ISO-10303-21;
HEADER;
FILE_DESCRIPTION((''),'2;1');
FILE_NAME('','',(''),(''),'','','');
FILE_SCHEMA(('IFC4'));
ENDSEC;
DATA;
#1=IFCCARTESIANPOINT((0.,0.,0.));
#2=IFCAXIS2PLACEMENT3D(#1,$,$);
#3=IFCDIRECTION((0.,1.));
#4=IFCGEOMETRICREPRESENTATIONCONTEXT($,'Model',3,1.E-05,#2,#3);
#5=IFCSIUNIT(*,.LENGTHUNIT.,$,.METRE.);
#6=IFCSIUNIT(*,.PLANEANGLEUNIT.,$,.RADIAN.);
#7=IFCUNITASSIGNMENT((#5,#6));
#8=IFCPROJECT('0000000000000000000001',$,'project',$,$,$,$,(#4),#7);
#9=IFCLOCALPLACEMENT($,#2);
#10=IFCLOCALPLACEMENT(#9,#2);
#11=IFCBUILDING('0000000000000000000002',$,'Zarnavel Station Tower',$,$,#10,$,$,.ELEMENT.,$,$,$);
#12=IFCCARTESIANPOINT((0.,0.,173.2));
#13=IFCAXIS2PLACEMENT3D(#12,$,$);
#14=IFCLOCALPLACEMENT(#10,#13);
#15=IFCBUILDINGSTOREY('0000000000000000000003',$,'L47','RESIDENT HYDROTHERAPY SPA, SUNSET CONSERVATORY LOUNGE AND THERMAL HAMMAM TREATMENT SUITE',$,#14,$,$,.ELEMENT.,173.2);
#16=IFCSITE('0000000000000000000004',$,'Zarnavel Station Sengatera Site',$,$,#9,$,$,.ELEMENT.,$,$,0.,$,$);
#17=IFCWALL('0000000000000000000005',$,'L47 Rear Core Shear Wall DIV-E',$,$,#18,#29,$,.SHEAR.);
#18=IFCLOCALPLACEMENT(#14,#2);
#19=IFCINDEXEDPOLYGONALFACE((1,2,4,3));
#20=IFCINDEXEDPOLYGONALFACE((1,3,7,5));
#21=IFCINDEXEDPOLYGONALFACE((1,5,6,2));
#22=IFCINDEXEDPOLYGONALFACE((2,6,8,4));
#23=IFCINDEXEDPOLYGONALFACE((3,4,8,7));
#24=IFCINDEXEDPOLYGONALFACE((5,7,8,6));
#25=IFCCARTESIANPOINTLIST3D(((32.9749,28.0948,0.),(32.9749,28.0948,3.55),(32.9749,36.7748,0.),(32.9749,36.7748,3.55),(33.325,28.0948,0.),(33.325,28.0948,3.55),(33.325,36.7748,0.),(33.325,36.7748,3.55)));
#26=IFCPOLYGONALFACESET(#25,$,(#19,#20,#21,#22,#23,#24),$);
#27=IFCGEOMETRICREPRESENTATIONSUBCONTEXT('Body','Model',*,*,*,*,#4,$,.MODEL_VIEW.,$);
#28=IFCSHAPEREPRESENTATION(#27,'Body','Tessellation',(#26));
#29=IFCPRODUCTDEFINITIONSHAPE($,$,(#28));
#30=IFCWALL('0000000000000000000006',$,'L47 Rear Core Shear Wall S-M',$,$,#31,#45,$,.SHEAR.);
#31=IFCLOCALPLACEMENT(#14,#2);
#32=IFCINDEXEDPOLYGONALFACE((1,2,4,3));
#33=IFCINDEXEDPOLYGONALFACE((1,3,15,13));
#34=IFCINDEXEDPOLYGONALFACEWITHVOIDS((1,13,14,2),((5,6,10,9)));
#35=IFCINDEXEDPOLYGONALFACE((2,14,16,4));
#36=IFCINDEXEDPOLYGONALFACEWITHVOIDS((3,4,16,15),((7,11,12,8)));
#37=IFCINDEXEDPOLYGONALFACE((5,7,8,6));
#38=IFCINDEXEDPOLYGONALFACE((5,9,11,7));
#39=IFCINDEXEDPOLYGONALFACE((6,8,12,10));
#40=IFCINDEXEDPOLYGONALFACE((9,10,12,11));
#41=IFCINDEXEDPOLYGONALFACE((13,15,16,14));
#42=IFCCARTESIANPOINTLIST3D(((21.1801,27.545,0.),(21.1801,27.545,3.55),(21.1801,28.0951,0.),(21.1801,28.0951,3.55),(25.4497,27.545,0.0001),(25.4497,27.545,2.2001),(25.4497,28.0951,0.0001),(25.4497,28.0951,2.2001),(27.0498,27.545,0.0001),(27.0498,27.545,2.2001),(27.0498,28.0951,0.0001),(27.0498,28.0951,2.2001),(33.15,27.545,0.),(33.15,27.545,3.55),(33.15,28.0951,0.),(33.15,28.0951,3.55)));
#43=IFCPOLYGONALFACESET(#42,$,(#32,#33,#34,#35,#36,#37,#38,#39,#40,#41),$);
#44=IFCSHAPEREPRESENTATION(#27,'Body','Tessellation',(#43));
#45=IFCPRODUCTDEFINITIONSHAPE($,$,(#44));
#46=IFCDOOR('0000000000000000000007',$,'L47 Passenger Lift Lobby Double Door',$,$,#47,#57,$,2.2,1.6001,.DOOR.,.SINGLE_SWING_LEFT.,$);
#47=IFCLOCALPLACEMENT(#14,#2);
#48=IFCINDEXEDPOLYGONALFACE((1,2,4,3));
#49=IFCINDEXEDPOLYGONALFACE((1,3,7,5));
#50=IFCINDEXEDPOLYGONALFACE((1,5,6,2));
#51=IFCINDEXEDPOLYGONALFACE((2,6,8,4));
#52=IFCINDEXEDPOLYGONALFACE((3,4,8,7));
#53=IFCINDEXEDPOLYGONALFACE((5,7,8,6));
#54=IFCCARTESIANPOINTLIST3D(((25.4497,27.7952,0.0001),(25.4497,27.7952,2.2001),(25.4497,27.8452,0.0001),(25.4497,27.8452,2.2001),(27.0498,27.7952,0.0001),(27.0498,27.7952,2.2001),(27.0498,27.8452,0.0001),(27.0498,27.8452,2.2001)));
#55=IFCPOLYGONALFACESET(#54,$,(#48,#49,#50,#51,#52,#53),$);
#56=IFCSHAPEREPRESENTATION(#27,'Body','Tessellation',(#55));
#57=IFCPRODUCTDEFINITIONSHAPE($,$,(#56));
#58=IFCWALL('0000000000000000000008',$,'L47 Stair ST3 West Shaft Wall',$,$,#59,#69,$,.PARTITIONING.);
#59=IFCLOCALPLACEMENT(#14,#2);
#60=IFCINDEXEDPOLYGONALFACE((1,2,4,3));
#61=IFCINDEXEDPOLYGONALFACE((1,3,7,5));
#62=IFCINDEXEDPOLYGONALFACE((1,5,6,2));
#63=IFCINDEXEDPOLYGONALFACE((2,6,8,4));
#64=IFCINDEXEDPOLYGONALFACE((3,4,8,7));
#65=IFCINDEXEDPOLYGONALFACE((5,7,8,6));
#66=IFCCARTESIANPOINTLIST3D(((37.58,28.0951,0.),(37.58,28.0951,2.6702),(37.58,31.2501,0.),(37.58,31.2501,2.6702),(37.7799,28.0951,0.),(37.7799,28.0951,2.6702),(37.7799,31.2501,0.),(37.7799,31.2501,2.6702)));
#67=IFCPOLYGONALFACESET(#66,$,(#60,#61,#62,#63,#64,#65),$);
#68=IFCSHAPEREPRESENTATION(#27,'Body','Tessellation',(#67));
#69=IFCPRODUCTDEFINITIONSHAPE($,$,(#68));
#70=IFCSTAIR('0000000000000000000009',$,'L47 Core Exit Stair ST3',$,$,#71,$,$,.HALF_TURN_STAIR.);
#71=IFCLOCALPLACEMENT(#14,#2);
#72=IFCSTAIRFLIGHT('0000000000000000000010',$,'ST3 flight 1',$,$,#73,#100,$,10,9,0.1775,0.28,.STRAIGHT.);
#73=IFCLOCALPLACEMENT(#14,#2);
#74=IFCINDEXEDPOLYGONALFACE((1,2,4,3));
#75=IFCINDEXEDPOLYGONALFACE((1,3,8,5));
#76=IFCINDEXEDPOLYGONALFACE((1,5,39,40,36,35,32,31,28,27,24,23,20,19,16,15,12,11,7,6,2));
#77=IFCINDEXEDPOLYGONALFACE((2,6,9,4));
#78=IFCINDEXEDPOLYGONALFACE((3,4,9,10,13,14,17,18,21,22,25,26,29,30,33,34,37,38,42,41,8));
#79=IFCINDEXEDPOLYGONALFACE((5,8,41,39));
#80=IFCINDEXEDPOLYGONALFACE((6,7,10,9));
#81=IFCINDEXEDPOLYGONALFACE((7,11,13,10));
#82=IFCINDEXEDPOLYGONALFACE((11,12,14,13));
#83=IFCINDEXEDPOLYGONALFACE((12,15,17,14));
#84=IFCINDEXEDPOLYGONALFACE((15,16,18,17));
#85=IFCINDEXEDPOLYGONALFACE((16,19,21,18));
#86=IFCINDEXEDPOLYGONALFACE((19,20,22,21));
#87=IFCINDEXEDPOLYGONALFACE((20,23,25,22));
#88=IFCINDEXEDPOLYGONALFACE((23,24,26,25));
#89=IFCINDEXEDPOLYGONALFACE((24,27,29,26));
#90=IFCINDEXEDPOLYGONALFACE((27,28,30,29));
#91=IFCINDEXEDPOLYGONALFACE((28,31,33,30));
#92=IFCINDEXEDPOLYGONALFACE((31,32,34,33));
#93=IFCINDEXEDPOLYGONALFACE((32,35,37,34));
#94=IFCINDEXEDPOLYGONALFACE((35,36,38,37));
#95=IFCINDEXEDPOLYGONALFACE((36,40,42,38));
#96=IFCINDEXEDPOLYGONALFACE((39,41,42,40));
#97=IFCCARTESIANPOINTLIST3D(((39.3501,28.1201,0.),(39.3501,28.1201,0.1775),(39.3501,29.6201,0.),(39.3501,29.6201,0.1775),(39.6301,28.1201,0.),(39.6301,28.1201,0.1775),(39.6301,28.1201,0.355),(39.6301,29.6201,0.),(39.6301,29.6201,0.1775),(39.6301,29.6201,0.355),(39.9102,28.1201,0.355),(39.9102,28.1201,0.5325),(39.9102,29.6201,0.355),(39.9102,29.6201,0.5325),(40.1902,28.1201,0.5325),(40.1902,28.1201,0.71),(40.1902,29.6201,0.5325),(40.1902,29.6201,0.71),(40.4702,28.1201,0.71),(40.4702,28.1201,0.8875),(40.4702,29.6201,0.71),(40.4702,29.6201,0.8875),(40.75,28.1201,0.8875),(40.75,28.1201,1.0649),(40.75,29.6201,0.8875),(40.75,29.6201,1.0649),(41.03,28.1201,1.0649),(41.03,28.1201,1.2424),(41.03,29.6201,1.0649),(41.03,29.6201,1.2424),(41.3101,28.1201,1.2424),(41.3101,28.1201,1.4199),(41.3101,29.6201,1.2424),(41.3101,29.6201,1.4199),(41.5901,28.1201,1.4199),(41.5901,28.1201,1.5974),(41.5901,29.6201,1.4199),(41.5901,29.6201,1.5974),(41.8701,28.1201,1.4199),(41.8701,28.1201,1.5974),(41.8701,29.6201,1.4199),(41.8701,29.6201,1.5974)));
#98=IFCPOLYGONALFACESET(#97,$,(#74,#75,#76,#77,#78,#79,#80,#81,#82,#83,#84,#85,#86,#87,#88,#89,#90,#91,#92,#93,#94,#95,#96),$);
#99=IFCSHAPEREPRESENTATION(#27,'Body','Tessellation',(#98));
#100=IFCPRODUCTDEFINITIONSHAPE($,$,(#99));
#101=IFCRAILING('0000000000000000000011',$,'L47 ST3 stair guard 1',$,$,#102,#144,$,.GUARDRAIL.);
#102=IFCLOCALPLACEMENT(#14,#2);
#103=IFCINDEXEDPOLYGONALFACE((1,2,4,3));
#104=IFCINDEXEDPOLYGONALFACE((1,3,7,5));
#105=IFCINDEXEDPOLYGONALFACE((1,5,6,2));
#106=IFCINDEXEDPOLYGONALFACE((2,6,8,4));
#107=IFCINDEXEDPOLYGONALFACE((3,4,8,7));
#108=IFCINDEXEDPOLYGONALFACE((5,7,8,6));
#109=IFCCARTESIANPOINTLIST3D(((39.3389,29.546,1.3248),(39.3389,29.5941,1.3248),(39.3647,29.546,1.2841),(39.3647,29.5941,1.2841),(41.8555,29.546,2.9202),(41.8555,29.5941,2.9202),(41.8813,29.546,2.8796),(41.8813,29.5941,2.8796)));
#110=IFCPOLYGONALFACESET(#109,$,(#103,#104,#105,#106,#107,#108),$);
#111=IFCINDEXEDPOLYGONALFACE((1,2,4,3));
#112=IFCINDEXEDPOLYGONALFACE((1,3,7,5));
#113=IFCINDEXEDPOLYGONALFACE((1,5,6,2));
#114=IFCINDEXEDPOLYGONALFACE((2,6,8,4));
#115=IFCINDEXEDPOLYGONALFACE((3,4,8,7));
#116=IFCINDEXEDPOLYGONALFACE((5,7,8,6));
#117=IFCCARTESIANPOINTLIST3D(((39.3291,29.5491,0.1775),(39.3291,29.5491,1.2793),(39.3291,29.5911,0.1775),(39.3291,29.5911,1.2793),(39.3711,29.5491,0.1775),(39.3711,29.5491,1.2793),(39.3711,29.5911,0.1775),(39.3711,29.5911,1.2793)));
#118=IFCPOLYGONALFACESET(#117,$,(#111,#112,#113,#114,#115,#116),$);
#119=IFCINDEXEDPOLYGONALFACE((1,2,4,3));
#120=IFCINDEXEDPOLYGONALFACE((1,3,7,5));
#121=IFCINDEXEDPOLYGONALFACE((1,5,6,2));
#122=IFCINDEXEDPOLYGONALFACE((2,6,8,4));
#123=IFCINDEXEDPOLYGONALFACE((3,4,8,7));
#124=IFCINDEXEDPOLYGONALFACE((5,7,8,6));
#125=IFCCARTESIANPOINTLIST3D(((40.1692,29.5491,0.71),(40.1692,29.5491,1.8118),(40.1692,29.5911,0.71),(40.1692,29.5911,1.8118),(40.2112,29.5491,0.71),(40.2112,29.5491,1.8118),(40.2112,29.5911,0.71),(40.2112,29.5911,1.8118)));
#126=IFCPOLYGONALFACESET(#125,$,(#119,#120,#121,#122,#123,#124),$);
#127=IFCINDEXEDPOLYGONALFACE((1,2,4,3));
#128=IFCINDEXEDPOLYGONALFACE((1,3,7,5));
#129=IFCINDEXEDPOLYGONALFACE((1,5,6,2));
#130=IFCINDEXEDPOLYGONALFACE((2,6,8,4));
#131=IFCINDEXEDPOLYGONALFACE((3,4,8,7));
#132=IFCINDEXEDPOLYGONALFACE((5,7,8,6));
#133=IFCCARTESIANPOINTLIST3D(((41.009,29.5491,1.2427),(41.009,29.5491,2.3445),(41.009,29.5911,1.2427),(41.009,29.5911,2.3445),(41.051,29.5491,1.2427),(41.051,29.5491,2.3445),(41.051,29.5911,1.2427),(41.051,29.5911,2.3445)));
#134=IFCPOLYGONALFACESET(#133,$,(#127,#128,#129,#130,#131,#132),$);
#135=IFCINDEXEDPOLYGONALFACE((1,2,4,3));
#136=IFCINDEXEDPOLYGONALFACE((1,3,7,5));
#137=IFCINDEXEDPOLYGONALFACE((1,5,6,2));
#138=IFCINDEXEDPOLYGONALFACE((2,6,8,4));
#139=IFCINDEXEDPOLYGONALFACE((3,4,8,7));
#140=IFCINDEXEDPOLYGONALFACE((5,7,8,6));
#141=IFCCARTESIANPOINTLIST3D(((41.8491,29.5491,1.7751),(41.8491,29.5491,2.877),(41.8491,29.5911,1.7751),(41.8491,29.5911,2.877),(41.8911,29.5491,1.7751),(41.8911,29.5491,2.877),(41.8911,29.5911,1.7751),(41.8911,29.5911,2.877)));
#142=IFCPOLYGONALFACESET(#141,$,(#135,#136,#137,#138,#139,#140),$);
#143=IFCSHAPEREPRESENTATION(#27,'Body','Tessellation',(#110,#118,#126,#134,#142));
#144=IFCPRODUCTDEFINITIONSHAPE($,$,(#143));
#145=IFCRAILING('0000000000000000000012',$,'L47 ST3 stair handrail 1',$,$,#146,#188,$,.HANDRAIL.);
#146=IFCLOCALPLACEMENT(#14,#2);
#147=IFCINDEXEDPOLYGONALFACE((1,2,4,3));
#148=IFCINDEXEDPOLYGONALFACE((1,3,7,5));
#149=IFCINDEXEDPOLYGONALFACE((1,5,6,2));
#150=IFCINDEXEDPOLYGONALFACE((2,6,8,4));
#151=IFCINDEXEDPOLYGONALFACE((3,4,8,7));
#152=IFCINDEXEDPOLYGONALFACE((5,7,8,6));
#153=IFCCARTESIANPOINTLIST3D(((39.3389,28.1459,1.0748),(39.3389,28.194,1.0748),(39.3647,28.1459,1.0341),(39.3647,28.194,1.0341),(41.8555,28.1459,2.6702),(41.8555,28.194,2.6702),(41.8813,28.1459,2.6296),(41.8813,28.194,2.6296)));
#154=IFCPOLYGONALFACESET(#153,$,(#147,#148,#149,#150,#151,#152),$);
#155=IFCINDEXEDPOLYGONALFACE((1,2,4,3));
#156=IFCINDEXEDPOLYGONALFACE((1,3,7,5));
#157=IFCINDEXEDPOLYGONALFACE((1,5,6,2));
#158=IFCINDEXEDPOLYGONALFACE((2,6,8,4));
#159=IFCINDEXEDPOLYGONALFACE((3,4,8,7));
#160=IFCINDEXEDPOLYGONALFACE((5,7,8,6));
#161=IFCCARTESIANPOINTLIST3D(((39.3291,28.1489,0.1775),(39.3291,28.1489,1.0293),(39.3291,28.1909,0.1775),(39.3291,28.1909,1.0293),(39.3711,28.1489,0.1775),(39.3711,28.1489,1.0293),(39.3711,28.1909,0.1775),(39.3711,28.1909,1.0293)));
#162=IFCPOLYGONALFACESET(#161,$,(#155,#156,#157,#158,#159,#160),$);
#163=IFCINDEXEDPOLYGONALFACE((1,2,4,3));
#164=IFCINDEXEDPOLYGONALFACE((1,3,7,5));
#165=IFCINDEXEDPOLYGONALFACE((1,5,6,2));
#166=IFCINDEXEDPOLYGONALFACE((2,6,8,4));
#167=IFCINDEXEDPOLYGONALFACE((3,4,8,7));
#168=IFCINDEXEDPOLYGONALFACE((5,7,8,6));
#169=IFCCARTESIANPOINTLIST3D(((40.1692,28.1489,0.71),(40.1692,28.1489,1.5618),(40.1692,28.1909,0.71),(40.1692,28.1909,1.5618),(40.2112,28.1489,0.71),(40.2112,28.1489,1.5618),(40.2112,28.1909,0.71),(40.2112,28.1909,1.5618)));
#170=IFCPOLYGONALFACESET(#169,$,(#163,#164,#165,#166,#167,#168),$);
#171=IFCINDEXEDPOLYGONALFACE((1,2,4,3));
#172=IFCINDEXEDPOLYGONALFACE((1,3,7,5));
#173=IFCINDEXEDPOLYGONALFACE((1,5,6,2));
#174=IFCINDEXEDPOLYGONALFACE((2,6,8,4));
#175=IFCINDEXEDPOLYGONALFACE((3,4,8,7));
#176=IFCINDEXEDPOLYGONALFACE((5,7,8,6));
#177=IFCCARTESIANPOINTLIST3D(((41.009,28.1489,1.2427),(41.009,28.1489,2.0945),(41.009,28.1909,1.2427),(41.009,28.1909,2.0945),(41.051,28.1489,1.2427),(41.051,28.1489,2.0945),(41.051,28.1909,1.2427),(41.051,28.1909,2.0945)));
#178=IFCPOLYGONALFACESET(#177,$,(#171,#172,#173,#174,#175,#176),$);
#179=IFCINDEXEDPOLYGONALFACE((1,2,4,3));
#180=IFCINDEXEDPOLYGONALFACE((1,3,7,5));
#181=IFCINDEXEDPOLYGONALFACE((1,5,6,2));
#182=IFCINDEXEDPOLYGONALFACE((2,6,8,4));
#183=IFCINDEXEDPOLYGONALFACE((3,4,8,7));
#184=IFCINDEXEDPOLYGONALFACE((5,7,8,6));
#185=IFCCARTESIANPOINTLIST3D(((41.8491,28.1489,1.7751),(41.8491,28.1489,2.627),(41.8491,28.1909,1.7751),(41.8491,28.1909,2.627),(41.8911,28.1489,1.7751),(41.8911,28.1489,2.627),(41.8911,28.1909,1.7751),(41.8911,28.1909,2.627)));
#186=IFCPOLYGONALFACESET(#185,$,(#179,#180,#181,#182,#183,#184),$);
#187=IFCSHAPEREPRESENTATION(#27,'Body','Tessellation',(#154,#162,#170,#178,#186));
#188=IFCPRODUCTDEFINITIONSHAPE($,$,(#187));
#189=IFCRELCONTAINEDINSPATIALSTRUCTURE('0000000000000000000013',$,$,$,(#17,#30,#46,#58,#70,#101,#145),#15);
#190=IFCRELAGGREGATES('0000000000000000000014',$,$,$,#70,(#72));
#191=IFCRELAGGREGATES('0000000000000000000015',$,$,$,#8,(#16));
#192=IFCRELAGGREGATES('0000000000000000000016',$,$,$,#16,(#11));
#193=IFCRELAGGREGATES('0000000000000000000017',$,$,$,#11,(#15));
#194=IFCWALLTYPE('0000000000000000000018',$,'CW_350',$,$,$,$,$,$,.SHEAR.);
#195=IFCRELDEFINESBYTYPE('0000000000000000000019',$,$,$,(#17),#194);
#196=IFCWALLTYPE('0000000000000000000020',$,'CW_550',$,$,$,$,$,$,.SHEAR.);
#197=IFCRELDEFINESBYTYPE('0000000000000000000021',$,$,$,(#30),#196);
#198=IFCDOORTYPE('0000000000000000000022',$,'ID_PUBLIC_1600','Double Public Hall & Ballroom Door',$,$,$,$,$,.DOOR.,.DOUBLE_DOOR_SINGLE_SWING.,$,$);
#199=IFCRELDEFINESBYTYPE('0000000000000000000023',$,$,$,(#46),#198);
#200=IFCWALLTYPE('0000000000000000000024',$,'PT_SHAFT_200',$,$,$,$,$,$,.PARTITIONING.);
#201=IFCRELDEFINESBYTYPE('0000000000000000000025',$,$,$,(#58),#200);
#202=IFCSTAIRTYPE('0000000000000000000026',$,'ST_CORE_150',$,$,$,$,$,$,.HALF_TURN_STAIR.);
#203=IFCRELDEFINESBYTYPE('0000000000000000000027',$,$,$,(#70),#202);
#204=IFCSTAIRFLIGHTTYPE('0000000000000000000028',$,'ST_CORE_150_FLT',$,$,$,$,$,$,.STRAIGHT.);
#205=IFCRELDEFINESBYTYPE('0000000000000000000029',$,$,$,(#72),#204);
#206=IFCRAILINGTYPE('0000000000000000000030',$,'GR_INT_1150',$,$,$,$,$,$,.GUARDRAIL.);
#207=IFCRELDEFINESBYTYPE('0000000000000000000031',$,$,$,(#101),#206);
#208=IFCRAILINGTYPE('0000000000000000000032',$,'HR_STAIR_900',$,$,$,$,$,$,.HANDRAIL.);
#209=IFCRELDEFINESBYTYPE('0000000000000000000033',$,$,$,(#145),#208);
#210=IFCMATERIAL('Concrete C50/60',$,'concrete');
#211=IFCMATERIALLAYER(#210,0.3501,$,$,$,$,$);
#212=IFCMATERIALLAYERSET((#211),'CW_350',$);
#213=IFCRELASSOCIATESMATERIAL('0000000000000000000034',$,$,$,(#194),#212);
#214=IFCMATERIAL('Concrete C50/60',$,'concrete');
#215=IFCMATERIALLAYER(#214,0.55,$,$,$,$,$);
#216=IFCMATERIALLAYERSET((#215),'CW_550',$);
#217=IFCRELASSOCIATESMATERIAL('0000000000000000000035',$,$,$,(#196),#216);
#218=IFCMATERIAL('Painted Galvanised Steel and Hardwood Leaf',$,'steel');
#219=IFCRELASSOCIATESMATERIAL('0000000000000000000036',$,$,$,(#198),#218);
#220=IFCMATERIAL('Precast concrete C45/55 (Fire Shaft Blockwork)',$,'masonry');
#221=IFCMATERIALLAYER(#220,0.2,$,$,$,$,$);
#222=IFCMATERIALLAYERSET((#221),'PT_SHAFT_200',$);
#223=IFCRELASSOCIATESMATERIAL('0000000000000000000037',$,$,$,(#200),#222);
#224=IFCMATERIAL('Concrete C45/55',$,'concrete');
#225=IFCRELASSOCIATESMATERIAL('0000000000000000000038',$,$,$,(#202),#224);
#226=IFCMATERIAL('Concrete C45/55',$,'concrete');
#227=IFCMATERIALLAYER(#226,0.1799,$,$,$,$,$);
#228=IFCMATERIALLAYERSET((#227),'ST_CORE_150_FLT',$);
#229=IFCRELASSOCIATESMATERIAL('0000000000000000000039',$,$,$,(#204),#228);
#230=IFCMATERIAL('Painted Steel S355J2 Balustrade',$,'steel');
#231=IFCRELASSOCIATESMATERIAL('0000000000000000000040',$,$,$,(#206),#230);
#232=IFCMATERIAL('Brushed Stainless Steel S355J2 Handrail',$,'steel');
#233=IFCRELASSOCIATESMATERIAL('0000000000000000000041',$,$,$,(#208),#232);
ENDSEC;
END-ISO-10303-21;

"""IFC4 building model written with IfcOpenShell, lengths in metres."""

from ifc_helpers import new_model, si_unit, direction, frame, frame_2d, origin, origin_2d, place, context, subcontext, project, spatial, polyline, rectangle, outline, extrude, material, layer, layer_set, type_object, element, fill, aggregate, save


model = new_model("IFC4")

# Units and contexts
model_context = context("Model", 3, precision=1e-05, world=origin(), true_north=direction((0.0, 1.0)))
body_context = subcontext(model_context, "Body", "Model", "MODEL_VIEW")
ifc_project = project(units=[si_unit("LENGTHUNIT", "METRE"), si_unit("PLANEANGLEUNIT", "RADIAN")], contexts=[model_context])

# Site, building, storey
site_placement = place(None, origin())
site = spatial("IfcSite", under=ifc_project, at=site_placement, Name="Zarnavel Station Sengatera Site", CompositionType="ELEMENT", RefElevation=0.0)
building_placement = place(site_placement, origin())
building = spatial("IfcBuilding", under=site, at=building_placement, Name="Zarnavel Station Tower", CompositionType="ELEMENT")
storey_placement = place(building_placement, frame((0.0, 0.0, 173.2)))
storey = spatial("IfcBuildingStorey", under=building, at=storey_placement, Name="L47", Description="RESIDENT HYDROTHERAPY SPA, SUNSET CONSERVATORY LOUNGE AND THERMAL HAMMAM TREATMENT SUITE", CompositionType="ELEMENT", Elevation=173.2)

# Wall
ifc_material_1 = material(Name="Concrete C50/60", Category="concrete")
ifc_layer_1 = layer(ifc_material_1, 0.3501)
ifc_layer_set_1 = layer_set([ifc_layer_1], Name="CW_350")
wall_type_1 = type_object("IfcWallType", Name="CW_350", PredefinedType="SHEAR", material=ifc_layer_set_1)
wall_1_placement = place(storey_placement, frame((33.1499, 28.095, 0.0), z_axis=(0.0, 0.0, 1.0), x_axis=(0.0, 1.0, 0.0)))
element("IfcWall", 1, at=wall_1_placement, inside=storey, type_object=wall_type_1, Name="L47 Rear Core Shear Wall DIV-E", PredefinedType="SHEAR", context=body_context, shape_type="SweptSolid", body=[
    extrude(rectangle(XDim=8.6799, YDim=0.3501, at=frame_2d((4.3398, 0.0))), origin(), (0.0, 0.0, 1.0), 3.55),
])

# Wall, opening, door
ifc_material_2 = material(Name="Concrete C50/60", Category="concrete")
ifc_layer_2 = layer(ifc_material_2, 0.55)
ifc_layer_set_2 = layer_set([ifc_layer_2], Name="CW_550")
wall_type_2 = type_object("IfcWallType", Name="CW_550", PredefinedType="SHEAR", material=ifc_layer_set_2)
wall_2_placement = place(storey_placement, frame((33.1499, 27.8201, 0.0), z_axis=(0.0, 0.0, 1.0), x_axis=(-1.0, 0.0, 0.0)))
wall_2 = element("IfcWall", 2, at=wall_2_placement, inside=storey, type_object=wall_type_2, Name="L47 Rear Core Shear Wall S-M", PredefinedType="SHEAR", context=body_context, shape_type="SweptSolid", body=[
    extrude(rectangle(XDim=11.97, YDim=0.55, at=frame_2d((5.9849, 0.0))), origin(), (0.0, 0.0, 1.0), 3.55),
])
opening_1_placement = place(wall_2_placement, frame((6.1001, 0.0, 0.0)))
opening_1 = element("IfcOpeningElement", 3, at=opening_1_placement, cuts=wall_2, PredefinedType="OPENING", context=body_context, shape_type="SweptSolid", body=[
    extrude(rectangle(XDim=1.6001, YDim=2.2, at=frame_2d((0.8, 1.1001))), frame((0.0, 0.2849, 0.0), z_axis=(0.0, -1.0, 0.0), x_axis=(1.0, 0.0, 0.0)), (0.0, 0.0, 1.0), 0.5701),
])
ifc_material_3 = material(Name="Painted Galvanised Steel and Hardwood Leaf", Category="steel")
door_type_1 = type_object("IfcDoorType", Name="ID_PUBLIC_1600", Description="Double Public Hall & Ballroom Door", OperationType="DOUBLE_DOOR_SINGLE_SWING", PredefinedType="DOOR", material=ifc_material_3)
door_1_placement = place(opening_1_placement, origin())
door_1 = element("IfcDoor", 4, at=door_1_placement, inside=storey, type_object=door_type_1, Name="L47 Passenger Lift Lobby Double Door", OperationType="SINGLE_SWING_LEFT", OverallHeight=2.2, OverallWidth=1.6001, PredefinedType="DOOR", context=body_context, shape_type="SweptSolid", body=[
    extrude(rectangle(XDim=1.6001, YDim=2.2, at=frame_2d((0.8, 1.1001))), frame((0.0, 0.0249, 0.0), z_axis=(0.0, -1.0, 0.0), x_axis=(1.0, 0.0, 0.0)), (0.0, 0.0, 1.0), 0.05),
])
fill(opening_1, door_1)

# Wall
ifc_material_4 = material(Name="Precast concrete C45/55 (Fire Shaft Blockwork)", Category="masonry")
ifc_layer_3 = layer(ifc_material_4, 0.2)
ifc_layer_set_3 = layer_set([ifc_layer_3], Name="PT_SHAFT_200")
wall_type_3 = type_object("IfcWallType", Name="PT_SHAFT_200", PredefinedType="PARTITIONING", material=ifc_layer_set_3)
wall_3_placement = place(storey_placement, frame((37.6799, 28.095, 0.0), z_axis=(0.0, 0.0, 1.0), x_axis=(0.0, 1.0, 0.0)))
element("IfcWall", 5, at=wall_3_placement, inside=storey, type_object=wall_type_3, Name="L47 Stair ST3 West Shaft Wall", PredefinedType="PARTITIONING", context=body_context, shape_type="SweptSolid", body=[
    extrude(rectangle(XDim=3.155, YDim=0.2, at=frame_2d((1.5776, 0.0))), origin(), (0.0, 0.0, 1.0), 2.6702),
])

# Stair, stair flight
ifc_material_5 = material(Name="Concrete C45/55", Category="concrete")
stair_type = type_object("IfcStairType", Name="ST_CORE_150", PredefinedType="HALF_TURN_STAIR", material=ifc_material_5)
stair_placement = place(storey_placement, origin())
stair = element("IfcStair", 6, at=stair_placement, inside=storey, type_object=stair_type, Name="L47 Core Exit Stair ST3", PredefinedType="HALF_TURN_STAIR")
ifc_material_6 = material(Name="Concrete C45/55", Category="concrete")
ifc_layer_4 = layer(ifc_material_6, 0.1799)
ifc_layer_set_4 = layer_set([ifc_layer_4], Name="ST_CORE_150_FLT")
stair_flight_type = type_object("IfcStairFlightType", Name="ST_CORE_150_FLT", PredefinedType="STRAIGHT", material=ifc_layer_set_4)
stair_flight_placement = place(storey_placement, frame((39.3501, 28.8701, 0.0), z_axis=(0.0, 0.0, 1.0), x_axis=(1.0, 0.0, 0.0)))
stair_flight = element("IfcStairFlight", 7, at=stair_flight_placement, type_object=stair_flight_type, Name="ST3 flight 1", NumberOfRisers=10, NumberOfTreads=9, PredefinedType="STRAIGHT", RiserHeight=0.1775, TreadLength=0.28, context=body_context, shape_type="SweptSolid", body=[
    extrude(outline(polyline([(0.0, 0.0), (0.0, 0.1775), (0.28, 0.1775), (0.28, 0.355), (0.5601, 0.355), (0.5601, 0.5325), (0.8401, 0.5325), (0.8401, 0.71), (1.1201, 0.71), (1.1201, 0.8875), (1.3999, 0.8875), (1.3999, 1.0649), (1.6799, 1.0649), (1.6799, 1.2424), (1.96, 1.2424), (1.96, 1.4199), (2.24, 1.4199), (2.24, 1.5974), (2.52, 1.5974), (2.52, 1.7749), (2.52, 1.4199), (0.28, 0.0), (0.0, 0.0)])), frame((0.0, 0.75, 0.0), z_axis=(0.0, -1.0, 0.0), x_axis=(1.0, 0.0, 0.0)), (0.0, 0.0, 1.0), 1.5),
])
aggregate(stair, [stair_flight])

# Railings
ifc_material_7 = material(Name="Painted Steel S355J2 Balustrade", Category="steel")
railing_type_1 = type_object("IfcRailingType", Name="GR_INT_1150", PredefinedType="GUARDRAIL", material=ifc_material_7)
railing_1_placement = place(storey_placement, frame((39.3501, 29.5701, 0.1775)))
element("IfcRailing", 8, at=railing_1_placement, inside=storey, type_object=railing_type_1, Name="L47 ST3 stair guard 1", PredefinedType="GUARDRAIL", context=body_context, shape_type="SweptSolid", body=[
    extrude(rectangle(XDim=0.0481, YDim=0.0481, at=origin_2d()), frame((0.0017, 0.0, 1.127), z_axis=(0.84457, 0.0, 0.535445), x_axis=(0.0, 1.0, 0.0)), (0.0, 0.0, 1.0), 2.9797),
    extrude(rectangle(XDim=0.042, YDim=0.042, at=origin_2d()), origin(), (0.0, 0.0, 1.0), 1.1018),
    extrude(rectangle(XDim=0.042, YDim=0.042, at=origin_2d()), frame((0.8401, 0.0, 0.5325)), (0.0, 0.0, 1.0), 1.1018),
    extrude(rectangle(XDim=0.042, YDim=0.042, at=origin_2d()), frame((1.6799, 0.0, 1.0652)), (0.0, 0.0, 1.0), 1.1018),
    extrude(rectangle(XDim=0.042, YDim=0.042, at=origin_2d()), frame((2.52, 0.0, 1.5977)), (0.0, 0.0, 1.0), 1.1018),
])
ifc_material_8 = material(Name="Brushed Stainless Steel S355J2 Handrail", Category="steel")
railing_type_2 = type_object("IfcRailingType", Name="HR_STAIR_900", PredefinedType="HANDRAIL", material=ifc_material_8)
railing_2_placement = place(storey_placement, frame((39.3501, 28.1699, 0.1775)))
element("IfcRailing", 9, at=railing_2_placement, inside=storey, type_object=railing_type_2, Name="L47 ST3 stair handrail 1", PredefinedType="HANDRAIL", context=body_context, shape_type="SweptSolid", body=[
    extrude(rectangle(XDim=0.0481, YDim=0.0481, at=origin_2d()), frame((0.0017, 0.0, 0.877), z_axis=(0.84457, 0.0, 0.535445), x_axis=(0.0, 1.0, 0.0)), (0.0, 0.0, 1.0), 2.9797),
    extrude(rectangle(XDim=0.042, YDim=0.042, at=origin_2d()), origin(), (0.0, 0.0, 1.0), 0.8518),
    extrude(rectangle(XDim=0.042, YDim=0.042, at=origin_2d()), frame((0.8401, 0.0, 0.5325)), (0.0, 0.0, 1.0), 0.8518),
    extrude(rectangle(XDim=0.042, YDim=0.042, at=origin_2d()), frame((1.6799, 0.0, 1.0652)), (0.0, 0.0, 1.0), 0.8518),
    extrude(rectangle(XDim=0.042, YDim=0.042, at=origin_2d()), frame((2.52, 0.0, 1.5977)), (0.0, 0.0, 1.0), 0.8518),
])

save(model, "model.ifc")
